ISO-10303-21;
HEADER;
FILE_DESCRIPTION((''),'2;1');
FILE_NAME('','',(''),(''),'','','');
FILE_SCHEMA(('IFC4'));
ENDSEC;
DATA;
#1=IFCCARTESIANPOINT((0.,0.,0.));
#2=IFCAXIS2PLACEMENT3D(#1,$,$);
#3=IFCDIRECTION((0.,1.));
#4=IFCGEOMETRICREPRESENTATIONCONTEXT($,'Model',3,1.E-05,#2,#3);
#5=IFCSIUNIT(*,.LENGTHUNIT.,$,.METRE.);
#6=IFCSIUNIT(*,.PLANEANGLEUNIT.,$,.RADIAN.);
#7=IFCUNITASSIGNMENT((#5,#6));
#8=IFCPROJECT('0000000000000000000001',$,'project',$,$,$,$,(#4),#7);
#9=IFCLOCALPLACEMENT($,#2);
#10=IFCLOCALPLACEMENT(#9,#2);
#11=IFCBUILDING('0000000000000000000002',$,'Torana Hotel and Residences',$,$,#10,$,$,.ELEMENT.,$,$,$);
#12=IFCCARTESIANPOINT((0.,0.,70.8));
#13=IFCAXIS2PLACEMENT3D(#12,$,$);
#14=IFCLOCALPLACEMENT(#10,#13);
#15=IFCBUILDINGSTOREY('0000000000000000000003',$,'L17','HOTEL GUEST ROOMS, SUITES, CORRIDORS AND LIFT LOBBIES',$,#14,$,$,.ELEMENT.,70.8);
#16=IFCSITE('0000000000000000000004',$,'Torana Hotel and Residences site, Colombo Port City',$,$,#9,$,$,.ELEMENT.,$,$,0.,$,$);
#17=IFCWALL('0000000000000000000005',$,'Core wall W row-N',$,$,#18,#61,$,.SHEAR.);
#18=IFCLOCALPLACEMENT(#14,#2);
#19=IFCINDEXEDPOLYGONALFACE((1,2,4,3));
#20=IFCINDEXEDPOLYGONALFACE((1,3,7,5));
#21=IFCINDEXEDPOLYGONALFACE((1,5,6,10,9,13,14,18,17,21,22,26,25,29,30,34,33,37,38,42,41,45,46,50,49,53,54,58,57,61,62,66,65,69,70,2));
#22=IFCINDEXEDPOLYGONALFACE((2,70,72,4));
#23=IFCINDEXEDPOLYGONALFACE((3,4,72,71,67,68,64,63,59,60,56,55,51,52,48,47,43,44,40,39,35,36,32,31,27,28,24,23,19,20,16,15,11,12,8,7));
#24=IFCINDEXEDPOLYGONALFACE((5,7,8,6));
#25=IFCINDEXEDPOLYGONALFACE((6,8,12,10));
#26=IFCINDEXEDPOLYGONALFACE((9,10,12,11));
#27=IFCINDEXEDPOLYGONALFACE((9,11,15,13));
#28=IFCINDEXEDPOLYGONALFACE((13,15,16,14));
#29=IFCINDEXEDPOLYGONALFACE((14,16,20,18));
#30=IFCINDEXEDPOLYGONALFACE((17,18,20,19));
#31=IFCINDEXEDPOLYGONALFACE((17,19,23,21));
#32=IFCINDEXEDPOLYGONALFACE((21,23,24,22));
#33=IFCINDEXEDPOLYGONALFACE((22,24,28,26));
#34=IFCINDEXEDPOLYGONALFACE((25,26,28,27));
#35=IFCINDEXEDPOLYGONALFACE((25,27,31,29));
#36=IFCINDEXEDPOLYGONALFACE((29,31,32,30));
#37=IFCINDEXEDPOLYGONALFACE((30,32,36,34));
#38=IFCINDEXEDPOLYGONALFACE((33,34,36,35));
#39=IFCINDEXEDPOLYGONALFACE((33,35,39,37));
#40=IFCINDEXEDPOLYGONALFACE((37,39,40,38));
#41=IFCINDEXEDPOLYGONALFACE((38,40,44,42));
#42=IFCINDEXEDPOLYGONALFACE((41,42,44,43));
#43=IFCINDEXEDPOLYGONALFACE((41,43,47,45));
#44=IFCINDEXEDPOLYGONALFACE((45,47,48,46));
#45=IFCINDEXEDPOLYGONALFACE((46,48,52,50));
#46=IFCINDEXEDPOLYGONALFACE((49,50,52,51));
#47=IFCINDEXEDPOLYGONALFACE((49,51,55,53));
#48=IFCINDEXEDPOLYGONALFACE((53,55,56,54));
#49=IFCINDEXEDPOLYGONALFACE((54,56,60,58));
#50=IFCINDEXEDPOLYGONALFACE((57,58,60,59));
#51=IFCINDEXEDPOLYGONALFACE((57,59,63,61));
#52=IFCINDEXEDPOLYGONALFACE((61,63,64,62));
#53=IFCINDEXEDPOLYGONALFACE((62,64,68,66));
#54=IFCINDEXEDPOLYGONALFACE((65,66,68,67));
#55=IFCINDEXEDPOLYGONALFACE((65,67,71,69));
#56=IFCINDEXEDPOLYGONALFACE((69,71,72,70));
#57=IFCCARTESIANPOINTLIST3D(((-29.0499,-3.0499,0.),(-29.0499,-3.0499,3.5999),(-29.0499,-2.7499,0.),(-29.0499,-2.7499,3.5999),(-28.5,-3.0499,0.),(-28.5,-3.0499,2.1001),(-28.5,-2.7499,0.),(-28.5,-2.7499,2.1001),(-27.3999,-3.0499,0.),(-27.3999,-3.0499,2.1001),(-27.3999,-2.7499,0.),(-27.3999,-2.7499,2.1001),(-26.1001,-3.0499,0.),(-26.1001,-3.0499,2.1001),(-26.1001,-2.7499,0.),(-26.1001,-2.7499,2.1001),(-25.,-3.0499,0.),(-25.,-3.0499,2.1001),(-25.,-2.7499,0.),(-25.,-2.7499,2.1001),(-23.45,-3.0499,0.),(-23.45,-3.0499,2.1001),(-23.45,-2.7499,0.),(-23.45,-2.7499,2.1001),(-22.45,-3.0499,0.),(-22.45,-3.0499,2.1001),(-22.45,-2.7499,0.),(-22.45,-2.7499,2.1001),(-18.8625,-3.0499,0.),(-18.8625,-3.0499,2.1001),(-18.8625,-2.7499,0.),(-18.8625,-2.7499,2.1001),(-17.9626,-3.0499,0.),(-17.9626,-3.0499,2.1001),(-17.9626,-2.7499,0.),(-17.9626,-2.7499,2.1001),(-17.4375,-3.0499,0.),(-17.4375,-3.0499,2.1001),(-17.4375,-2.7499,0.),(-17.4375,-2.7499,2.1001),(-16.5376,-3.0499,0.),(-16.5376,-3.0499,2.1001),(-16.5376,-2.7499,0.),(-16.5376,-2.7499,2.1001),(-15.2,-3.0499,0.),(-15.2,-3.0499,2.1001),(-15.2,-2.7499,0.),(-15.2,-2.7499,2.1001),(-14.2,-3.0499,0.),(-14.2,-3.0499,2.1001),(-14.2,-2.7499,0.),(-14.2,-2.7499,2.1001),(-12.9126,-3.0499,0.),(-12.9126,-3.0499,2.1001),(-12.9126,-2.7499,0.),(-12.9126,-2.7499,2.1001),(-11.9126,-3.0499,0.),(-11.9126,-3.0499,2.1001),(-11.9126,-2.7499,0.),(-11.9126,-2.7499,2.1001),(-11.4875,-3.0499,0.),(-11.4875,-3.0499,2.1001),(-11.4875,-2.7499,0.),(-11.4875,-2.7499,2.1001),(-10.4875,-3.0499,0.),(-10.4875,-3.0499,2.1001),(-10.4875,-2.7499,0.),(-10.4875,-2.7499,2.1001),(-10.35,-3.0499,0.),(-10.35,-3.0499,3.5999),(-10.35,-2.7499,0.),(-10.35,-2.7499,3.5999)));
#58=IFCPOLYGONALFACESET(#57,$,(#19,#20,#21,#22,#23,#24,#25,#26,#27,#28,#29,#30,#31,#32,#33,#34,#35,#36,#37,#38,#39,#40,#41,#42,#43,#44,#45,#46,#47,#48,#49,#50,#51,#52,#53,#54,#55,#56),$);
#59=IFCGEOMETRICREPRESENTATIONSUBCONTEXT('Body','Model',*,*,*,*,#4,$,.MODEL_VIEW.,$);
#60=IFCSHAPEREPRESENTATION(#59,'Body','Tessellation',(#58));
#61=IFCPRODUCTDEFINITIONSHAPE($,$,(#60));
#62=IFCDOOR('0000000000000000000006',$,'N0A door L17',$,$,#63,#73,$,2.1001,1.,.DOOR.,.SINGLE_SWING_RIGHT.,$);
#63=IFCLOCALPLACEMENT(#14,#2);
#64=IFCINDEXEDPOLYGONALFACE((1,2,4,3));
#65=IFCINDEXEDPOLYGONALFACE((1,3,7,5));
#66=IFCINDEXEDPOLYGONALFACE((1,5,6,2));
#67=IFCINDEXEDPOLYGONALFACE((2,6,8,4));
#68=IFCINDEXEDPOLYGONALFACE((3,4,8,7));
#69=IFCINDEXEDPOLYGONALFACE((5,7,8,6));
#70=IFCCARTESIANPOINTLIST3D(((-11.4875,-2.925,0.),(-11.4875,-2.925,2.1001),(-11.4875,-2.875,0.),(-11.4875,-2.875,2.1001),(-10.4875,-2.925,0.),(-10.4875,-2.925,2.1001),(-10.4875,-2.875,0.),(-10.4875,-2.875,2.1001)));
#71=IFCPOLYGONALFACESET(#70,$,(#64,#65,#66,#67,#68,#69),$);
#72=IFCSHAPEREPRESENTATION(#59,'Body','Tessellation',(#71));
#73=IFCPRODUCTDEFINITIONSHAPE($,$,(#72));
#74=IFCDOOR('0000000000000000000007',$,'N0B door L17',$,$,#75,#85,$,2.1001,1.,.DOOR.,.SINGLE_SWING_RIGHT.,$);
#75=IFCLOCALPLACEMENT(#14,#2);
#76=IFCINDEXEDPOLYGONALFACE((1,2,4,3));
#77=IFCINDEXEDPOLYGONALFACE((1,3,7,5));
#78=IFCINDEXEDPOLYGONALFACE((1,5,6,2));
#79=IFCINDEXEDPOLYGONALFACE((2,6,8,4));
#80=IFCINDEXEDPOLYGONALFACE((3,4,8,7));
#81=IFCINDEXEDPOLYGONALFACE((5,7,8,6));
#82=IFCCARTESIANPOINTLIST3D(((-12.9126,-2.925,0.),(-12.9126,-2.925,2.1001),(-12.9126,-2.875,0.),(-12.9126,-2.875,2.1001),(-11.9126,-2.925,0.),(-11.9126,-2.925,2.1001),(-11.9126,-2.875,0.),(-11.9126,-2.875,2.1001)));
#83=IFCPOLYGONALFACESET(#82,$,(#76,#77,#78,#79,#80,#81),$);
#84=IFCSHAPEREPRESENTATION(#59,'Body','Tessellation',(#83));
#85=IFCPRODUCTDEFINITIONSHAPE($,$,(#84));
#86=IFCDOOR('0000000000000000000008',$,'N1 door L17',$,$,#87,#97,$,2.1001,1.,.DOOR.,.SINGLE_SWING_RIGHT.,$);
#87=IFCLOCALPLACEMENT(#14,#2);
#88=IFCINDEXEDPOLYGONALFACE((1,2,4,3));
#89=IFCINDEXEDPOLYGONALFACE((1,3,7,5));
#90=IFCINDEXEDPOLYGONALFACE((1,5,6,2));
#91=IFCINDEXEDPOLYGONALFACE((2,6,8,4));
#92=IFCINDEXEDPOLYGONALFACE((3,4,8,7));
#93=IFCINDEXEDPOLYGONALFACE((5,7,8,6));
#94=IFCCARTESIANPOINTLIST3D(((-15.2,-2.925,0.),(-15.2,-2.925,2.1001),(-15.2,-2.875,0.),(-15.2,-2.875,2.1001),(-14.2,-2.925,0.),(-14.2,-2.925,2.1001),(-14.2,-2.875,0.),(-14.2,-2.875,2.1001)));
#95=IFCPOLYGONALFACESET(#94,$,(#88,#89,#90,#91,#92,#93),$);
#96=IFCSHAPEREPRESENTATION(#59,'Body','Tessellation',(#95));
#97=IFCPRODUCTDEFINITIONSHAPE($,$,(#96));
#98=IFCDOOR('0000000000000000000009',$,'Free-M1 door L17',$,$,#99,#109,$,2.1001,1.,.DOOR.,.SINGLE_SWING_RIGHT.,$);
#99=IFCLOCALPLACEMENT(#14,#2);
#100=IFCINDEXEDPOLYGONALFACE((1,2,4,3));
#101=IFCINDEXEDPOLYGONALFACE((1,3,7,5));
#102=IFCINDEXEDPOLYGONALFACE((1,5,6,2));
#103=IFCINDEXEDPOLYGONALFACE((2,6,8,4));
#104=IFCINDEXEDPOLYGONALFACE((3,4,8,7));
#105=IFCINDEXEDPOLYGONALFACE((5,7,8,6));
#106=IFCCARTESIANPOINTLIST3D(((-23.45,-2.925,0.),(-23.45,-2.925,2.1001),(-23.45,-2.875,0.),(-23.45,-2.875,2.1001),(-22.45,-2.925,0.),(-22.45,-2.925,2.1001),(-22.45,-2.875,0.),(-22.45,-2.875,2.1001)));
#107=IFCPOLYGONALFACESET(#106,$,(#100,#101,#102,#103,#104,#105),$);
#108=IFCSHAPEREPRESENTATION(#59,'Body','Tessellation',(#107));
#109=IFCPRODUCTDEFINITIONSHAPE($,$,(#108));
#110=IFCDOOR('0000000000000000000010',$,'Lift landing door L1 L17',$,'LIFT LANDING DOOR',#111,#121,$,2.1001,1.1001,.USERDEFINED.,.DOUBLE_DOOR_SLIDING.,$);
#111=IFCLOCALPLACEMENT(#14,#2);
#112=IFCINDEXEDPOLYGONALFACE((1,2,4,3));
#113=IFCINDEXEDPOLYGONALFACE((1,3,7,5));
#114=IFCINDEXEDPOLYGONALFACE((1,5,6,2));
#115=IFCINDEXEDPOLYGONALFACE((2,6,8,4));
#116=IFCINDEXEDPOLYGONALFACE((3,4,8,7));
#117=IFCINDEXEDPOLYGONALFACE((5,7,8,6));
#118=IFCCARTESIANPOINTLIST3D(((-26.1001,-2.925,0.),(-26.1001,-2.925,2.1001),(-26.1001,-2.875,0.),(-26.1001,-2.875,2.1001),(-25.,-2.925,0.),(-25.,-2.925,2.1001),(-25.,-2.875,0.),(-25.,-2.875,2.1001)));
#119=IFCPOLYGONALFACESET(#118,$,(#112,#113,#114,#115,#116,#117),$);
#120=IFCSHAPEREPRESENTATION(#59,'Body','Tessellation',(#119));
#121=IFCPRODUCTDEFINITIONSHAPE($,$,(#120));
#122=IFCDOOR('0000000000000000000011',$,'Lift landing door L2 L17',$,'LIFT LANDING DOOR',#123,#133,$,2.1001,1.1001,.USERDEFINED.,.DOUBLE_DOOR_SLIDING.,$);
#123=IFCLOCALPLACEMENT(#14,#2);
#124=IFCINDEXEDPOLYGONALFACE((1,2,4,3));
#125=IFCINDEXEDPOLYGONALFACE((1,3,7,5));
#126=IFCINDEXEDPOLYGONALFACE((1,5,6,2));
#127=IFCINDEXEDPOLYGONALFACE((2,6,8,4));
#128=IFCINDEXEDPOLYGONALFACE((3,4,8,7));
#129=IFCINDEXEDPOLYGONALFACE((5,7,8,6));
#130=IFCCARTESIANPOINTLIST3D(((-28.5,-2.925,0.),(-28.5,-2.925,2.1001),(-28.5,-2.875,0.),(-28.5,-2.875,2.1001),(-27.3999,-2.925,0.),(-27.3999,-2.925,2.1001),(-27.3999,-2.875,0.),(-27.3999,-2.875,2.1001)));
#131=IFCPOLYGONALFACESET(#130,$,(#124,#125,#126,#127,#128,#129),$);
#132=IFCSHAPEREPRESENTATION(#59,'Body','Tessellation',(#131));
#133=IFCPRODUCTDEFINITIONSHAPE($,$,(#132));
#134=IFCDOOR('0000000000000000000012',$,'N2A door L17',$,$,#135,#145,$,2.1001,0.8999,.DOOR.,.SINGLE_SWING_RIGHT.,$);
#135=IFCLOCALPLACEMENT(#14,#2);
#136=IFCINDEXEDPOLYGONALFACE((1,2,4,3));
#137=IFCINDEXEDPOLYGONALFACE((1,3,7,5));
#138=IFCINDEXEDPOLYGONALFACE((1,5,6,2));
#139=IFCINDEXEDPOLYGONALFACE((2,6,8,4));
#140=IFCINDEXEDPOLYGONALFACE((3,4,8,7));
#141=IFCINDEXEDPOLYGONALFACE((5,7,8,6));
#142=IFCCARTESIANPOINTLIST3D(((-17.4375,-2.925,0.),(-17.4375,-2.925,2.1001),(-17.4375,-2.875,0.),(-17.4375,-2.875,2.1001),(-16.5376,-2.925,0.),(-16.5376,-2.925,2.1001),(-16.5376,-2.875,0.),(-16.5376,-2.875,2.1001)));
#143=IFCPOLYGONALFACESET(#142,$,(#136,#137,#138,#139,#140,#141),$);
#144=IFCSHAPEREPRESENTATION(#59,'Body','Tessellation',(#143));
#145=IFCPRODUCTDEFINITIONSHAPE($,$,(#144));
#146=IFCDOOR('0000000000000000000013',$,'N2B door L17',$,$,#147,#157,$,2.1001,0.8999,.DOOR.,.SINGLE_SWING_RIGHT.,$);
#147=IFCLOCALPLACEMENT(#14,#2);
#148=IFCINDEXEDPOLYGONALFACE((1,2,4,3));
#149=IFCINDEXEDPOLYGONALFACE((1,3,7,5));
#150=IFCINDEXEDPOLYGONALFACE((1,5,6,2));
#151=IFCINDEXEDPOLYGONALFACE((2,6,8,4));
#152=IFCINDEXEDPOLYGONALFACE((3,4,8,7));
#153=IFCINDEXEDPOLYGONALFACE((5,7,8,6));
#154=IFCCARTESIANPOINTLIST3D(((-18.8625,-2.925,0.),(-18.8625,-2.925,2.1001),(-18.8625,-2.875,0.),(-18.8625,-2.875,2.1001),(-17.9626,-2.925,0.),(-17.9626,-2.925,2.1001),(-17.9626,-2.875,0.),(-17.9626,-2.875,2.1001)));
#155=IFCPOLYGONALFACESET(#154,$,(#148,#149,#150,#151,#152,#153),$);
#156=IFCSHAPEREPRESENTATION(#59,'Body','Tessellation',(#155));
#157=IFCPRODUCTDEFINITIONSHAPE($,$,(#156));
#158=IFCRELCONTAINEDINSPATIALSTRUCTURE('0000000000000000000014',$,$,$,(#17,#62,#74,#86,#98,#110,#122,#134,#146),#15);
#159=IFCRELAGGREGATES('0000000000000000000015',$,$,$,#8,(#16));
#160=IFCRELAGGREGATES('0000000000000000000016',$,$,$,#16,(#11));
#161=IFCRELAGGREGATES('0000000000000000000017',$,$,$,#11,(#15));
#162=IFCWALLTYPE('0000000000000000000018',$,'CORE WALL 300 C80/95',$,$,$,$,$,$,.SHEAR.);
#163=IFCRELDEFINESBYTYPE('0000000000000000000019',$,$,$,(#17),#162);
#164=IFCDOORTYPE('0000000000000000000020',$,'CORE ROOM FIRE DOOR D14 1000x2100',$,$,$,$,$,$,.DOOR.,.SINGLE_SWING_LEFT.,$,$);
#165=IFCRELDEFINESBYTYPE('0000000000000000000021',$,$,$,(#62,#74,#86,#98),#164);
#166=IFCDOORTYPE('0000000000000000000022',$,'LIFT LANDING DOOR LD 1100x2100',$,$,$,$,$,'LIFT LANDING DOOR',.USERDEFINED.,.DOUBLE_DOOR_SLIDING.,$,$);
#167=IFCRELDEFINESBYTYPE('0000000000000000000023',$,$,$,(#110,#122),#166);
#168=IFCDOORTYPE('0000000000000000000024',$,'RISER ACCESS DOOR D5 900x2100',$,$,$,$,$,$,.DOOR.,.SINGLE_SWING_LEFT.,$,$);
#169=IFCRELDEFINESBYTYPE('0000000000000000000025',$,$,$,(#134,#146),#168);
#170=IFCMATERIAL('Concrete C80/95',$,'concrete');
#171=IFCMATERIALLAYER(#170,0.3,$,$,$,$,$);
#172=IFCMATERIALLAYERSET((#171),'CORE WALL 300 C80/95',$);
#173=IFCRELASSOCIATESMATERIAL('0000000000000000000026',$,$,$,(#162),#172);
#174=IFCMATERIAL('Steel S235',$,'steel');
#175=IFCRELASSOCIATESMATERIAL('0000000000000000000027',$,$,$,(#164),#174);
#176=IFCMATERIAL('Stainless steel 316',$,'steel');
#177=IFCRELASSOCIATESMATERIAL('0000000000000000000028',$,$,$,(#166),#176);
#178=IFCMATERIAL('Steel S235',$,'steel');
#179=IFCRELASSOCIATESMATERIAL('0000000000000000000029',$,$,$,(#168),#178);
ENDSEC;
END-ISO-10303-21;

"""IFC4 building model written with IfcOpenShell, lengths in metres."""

from ifc_helpers import new_model, si_unit, direction, frame, frame_2d, origin, place, context, subcontext, project, spatial, rectangle, extrude, material, layer, layer_set, type_object, element, fill, save


model = new_model("IFC4")

# Units and contexts
model_context = context("Model", 3, precision=1e-05, world=origin(), true_north=direction((0.0, 1.0)))
body_context = subcontext(model_context, "Body", "Model", "MODEL_VIEW")
ifc_project = project(units=[si_unit("LENGTHUNIT", "METRE"), si_unit("PLANEANGLEUNIT", "RADIAN")], contexts=[model_context])

# Site, building, storey
site_placement = place(None, origin())
site = spatial("IfcSite", under=ifc_project, at=site_placement, Name="Torana Hotel and Residences site, Colombo Port City", CompositionType="ELEMENT", RefElevation=0.0)
building_placement = place(site_placement, origin())
building = spatial("IfcBuilding", under=site, at=building_placement, Name="Torana Hotel and Residences", CompositionType="ELEMENT")
storey_placement = place(building_placement, frame((0.0, 0.0, 70.8)))
storey = spatial("IfcBuildingStorey", under=building, at=storey_placement, Name="L17", Description="HOTEL GUEST ROOMS, SUITES, CORRIDORS AND LIFT LOBBIES", CompositionType="ELEMENT", Elevation=70.8)

# Wall, openings, doors
ifc_material_1 = material(Name="Concrete C80/95", Category="concrete")
ifc_layer_1 = layer(ifc_material_1, 0.3)
ifc_layer_set_1 = layer_set([ifc_layer_1], Name="CORE WALL 300 C80/95")
wall_type_1 = type_object("IfcWallType", Name="CORE WALL 300 C80/95", PredefinedType="SHEAR", material=ifc_layer_set_1)
wall_1_placement = place(storey_placement, frame((-29.05, -2.8999, 0.0), z_axis=(0.0, 0.0, 1.0), x_axis=(1.0, 0.0, 0.0)))
wall_1 = element("IfcWall", 1, at=wall_1_placement, inside=storey, type_object=wall_type_1, Name="Core wall W row-N", PredefinedType="SHEAR", context=body_context, shape_type="SweptSolid", body=[
    extrude(rectangle(XDim=18.7, YDim=0.3, at=frame_2d((9.3501, 0.0))), origin(), (0.0, 0.0, 1.0), 3.5999),
])
opening_1_placement = place(wall_1_placement, frame((2.95, 0.0, 0.0)))
opening_1 = element("IfcOpeningElement", 2, at=opening_1_placement, cuts=wall_1, PredefinedType="OPENING", context=body_context, shape_type="SweptSolid", body=[
    extrude(rectangle(XDim=1.1001, YDim=2.1001, at=frame_2d((0.55, 1.05))), frame((0.0, 0.1599, 0.0), z_axis=(0.0, -1.0, 0.0), x_axis=(1.0, 0.0, 0.0)), (0.0, 0.0, 1.0), 0.3201),
])
opening_2_placement = place(wall_1_placement, frame((0.55, 0.0, 0.0)))
opening_2 = element("IfcOpeningElement", 3, at=opening_2_placement, cuts=wall_1, PredefinedType="OPENING", context=body_context, shape_type="SweptSolid", body=[
    extrude(rectangle(XDim=1.1001, YDim=2.1001, at=frame_2d((0.55, 1.05))), frame((0.0, 0.1599, 0.0), z_axis=(0.0, -1.0, 0.0), x_axis=(1.0, 0.0, 0.0)), (0.0, 0.0, 1.0), 0.3201),
])
opening_3_placement = place(wall_1_placement, frame((11.6125, 0.0, 0.0)))
opening_3 = element("IfcOpeningElement", 4, at=opening_3_placement, cuts=wall_1, PredefinedType="OPENING", context=body_context, shape_type="SweptSolid", body=[
    extrude(rectangle(XDim=0.8999, YDim=2.1001, at=frame_2d((0.45, 1.05))), frame((0.0, 0.1599, 0.0), z_axis=(0.0, -1.0, 0.0), x_axis=(1.0, 0.0, 0.0)), (0.0, 0.0, 1.0), 0.3201),
])
opening_4_placement = place(wall_1_placement, frame((10.1875, 0.0, 0.0)))
opening_4 = element("IfcOpeningElement", 5, at=opening_4_placement, cuts=wall_1, PredefinedType="OPENING", context=body_context, shape_type="SweptSolid", body=[
    extrude(rectangle(XDim=0.8999, YDim=2.1001, at=frame_2d((0.45, 1.05))), frame((0.0, 0.1599, 0.0), z_axis=(0.0, -1.0, 0.0), x_axis=(1.0, 0.0, 0.0)), (0.0, 0.0, 1.0), 0.3201),
])
opening_5_placement = place(wall_1_placement, frame((17.5625, 0.0, 0.0)))
opening_5 = element("IfcOpeningElement", 6, at=opening_5_placement, cuts=wall_1, PredefinedType="OPENING", context=body_context, shape_type="SweptSolid", body=[
    extrude(rectangle(XDim=1.0, YDim=2.1001, at=frame_2d((0.5, 1.05))), frame((0.0, 0.1599, 0.0), z_axis=(0.0, -1.0, 0.0), x_axis=(1.0, 0.0, 0.0)), (0.0, 0.0, 1.0), 0.3201),
])
opening_6_placement = place(wall_1_placement, frame((16.1375, 0.0, 0.0)))
opening_6 = element("IfcOpeningElement", 7, at=opening_6_placement, cuts=wall_1, PredefinedType="OPENING", context=body_context, shape_type="SweptSolid", body=[
    extrude(rectangle(XDim=1.0, YDim=2.1001, at=frame_2d((0.5, 1.05))), frame((0.0, 0.1599, 0.0), z_axis=(0.0, -1.0, 0.0), x_axis=(1.0, 0.0, 0.0)), (0.0, 0.0, 1.0), 0.3201),
])
opening_7_placement = place(wall_1_placement, frame((13.8501, 0.0, 0.0)))
opening_7 = element("IfcOpeningElement", 8, at=opening_7_placement, cuts=wall_1, PredefinedType="OPENING", context=body_context, shape_type="SweptSolid", body=[
    extrude(rectangle(XDim=1.0, YDim=2.1001, at=frame_2d((0.5, 1.05))), frame((0.0, 0.1599, 0.0), z_axis=(0.0, -1.0, 0.0), x_axis=(1.0, 0.0, 0.0)), (0.0, 0.0, 1.0), 0.3201),
])
opening_8_placement = place(wall_1_placement, frame((5.6001, 0.0, 0.0)))
opening_8 = element("IfcOpeningElement", 9, at=opening_8_placement, cuts=wall_1, PredefinedType="OPENING", context=body_context, shape_type="SweptSolid", body=[
    extrude(rectangle(XDim=1.0, YDim=2.1001, at=frame_2d((0.5, 1.05))), frame((0.0, 0.1599, 0.0), z_axis=(0.0, -1.0, 0.0), x_axis=(1.0, 0.0, 0.0)), (0.0, 0.0, 1.0), 0.3201),
])
ifc_material_2 = material(Name="Steel S235", Category="steel")
door_type_1 = type_object("IfcDoorType", Name="CORE ROOM FIRE DOOR D14 1000x2100", OperationType="SINGLE_SWING_LEFT", PredefinedType="DOOR", material=ifc_material_2)
door_1_placement = place(opening_5_placement, origin())
door_1 = element("IfcDoor", 10, at=door_1_placement, inside=storey, type_object=door_type_1, Name="N0A door L17", OperationType="SINGLE_SWING_RIGHT", OverallHeight=2.1001, OverallWidth=1.0, PredefinedType="DOOR", context=body_context, shape_type="SweptSolid", body=[
    extrude(rectangle(XDim=1.0, YDim=2.1001, at=frame_2d((0.5, 1.05))), frame((0.0, 0.0249, 0.0), z_axis=(0.0, -1.0, 0.0), x_axis=(1.0, 0.0, 0.0)), (0.0, 0.0, 1.0), 0.05),
])
fill(opening_5, door_1)
door_2_placement = place(opening_6_placement, origin())
door_2 = element("IfcDoor", 11, at=door_2_placement, inside=storey, type_object=door_type_1, Name="N0B door L17", OperationType="SINGLE_SWING_RIGHT", OverallHeight=2.1001, OverallWidth=1.0, PredefinedType="DOOR", context=body_context, shape_type="SweptSolid", body=[
    extrude(rectangle(XDim=1.0, YDim=2.1001, at=frame_2d((0.5, 1.05))), frame((0.0, 0.0249, 0.0), z_axis=(0.0, -1.0, 0.0), x_axis=(1.0, 0.0, 0.0)), (0.0, 0.0, 1.0), 0.05),
])
fill(opening_6, door_2)
door_3_placement = place(opening_7_placement, origin())
door_3 = element("IfcDoor", 12, at=door_3_placement, inside=storey, type_object=door_type_1, Name="N1 door L17", OperationType="SINGLE_SWING_RIGHT", OverallHeight=2.1001, OverallWidth=1.0, PredefinedType="DOOR", context=body_context, shape_type="SweptSolid", body=[
    extrude(rectangle(XDim=1.0, YDim=2.1001, at=frame_2d((0.5, 1.05))), frame((0.0, 0.0249, 0.0), z_axis=(0.0, -1.0, 0.0), x_axis=(1.0, 0.0, 0.0)), (0.0, 0.0, 1.0), 0.05),
])
fill(opening_7, door_3)
door_4_placement = place(opening_8_placement, origin())
door_4 = element("IfcDoor", 13, at=door_4_placement, inside=storey, type_object=door_type_1, Name="Free-M1 door L17", OperationType="SINGLE_SWING_RIGHT", OverallHeight=2.1001, OverallWidth=1.0, PredefinedType="DOOR", context=body_context, shape_type="SweptSolid", body=[
    extrude(rectangle(XDim=1.0, YDim=2.1001, at=frame_2d((0.5, 1.05))), frame((0.0, 0.0249, 0.0), z_axis=(0.0, -1.0, 0.0), x_axis=(1.0, 0.0, 0.0)), (0.0, 0.0, 1.0), 0.05),
])
fill(opening_8, door_4)
ifc_material_3 = material(Name="Stainless steel 316", Category="steel")
door_type_2 = type_object("IfcDoorType", Name="LIFT LANDING DOOR LD 1100x2100", ElementType="LIFT LANDING DOOR", OperationType="DOUBLE_DOOR_SLIDING", PredefinedType="USERDEFINED", material=ifc_material_3)
door_5_placement = place(opening_1_placement, origin())
door_5 = element("IfcDoor", 14, at=door_5_placement, inside=storey, type_object=door_type_2, Name="Lift landing door L1 L17", ObjectType="LIFT LANDING DOOR", OperationType="DOUBLE_DOOR_SLIDING", OverallHeight=2.1001, OverallWidth=1.1001, PredefinedType="USERDEFINED", context=body_context, shape_type="SweptSolid", body=[
    extrude(rectangle(XDim=1.1001, YDim=2.1001, at=frame_2d((0.55, 1.05))), frame((0.0, 0.0249, 0.0), z_axis=(0.0, -1.0, 0.0), x_axis=(1.0, 0.0, 0.0)), (0.0, 0.0, 1.0), 0.05),
])
fill(opening_1, door_5)
door_6_placement = place(opening_2_placement, origin())
door_6 = element("IfcDoor", 15, at=door_6_placement, inside=storey, type_object=door_type_2, Name="Lift landing door L2 L17", ObjectType="LIFT LANDING DOOR", OperationType="DOUBLE_DOOR_SLIDING", OverallHeight=2.1001, OverallWidth=1.1001, PredefinedType="USERDEFINED", context=body_context, shape_type="SweptSolid", body=[
    extrude(rectangle(XDim=1.1001, YDim=2.1001, at=frame_2d((0.55, 1.05))), frame((0.0, 0.0249, 0.0), z_axis=(0.0, -1.0, 0.0), x_axis=(1.0, 0.0, 0.0)), (0.0, 0.0, 1.0), 0.05),
])
fill(opening_2, door_6)
ifc_material_4 = material(Name="Steel S235", Category="steel")
door_type_3 = type_object("IfcDoorType", Name="RISER ACCESS DOOR D5 900x2100", OperationType="SINGLE_SWING_LEFT", PredefinedType="DOOR", material=ifc_material_4)
door_7_placement = place(opening_3_placement, origin())
door_7 = element("IfcDoor", 16, at=door_7_placement, inside=storey, type_object=door_type_3, Name="N2A door L17", OperationType="SINGLE_SWING_RIGHT", OverallHeight=2.1001, OverallWidth=0.8999, PredefinedType="DOOR", context=body_context, shape_type="SweptSolid", body=[
    extrude(rectangle(XDim=0.8999, YDim=2.1001, at=frame_2d((0.45, 1.05))), frame((0.0, 0.0249, 0.0), z_axis=(0.0, -1.0, 0.0), x_axis=(1.0, 0.0, 0.0)), (0.0, 0.0, 1.0), 0.05),
])
fill(opening_3, door_7)
door_8_placement = place(opening_4_placement, origin())
door_8 = element("IfcDoor", 17, at=door_8_placement, inside=storey, type_object=door_type_3, Name="N2B door L17", OperationType="SINGLE_SWING_RIGHT", OverallHeight=2.1001, OverallWidth=0.8999, PredefinedType="DOOR", context=body_context, shape_type="SweptSolid", body=[
    extrude(rectangle(XDim=0.8999, YDim=2.1001, at=frame_2d((0.45, 1.05))), frame((0.0, 0.0249, 0.0), z_axis=(0.0, -1.0, 0.0), x_axis=(1.0, 0.0, 0.0)), (0.0, 0.0, 1.0), 0.05),
])
fill(opening_4, door_8)

save(model, "model.ifc")
